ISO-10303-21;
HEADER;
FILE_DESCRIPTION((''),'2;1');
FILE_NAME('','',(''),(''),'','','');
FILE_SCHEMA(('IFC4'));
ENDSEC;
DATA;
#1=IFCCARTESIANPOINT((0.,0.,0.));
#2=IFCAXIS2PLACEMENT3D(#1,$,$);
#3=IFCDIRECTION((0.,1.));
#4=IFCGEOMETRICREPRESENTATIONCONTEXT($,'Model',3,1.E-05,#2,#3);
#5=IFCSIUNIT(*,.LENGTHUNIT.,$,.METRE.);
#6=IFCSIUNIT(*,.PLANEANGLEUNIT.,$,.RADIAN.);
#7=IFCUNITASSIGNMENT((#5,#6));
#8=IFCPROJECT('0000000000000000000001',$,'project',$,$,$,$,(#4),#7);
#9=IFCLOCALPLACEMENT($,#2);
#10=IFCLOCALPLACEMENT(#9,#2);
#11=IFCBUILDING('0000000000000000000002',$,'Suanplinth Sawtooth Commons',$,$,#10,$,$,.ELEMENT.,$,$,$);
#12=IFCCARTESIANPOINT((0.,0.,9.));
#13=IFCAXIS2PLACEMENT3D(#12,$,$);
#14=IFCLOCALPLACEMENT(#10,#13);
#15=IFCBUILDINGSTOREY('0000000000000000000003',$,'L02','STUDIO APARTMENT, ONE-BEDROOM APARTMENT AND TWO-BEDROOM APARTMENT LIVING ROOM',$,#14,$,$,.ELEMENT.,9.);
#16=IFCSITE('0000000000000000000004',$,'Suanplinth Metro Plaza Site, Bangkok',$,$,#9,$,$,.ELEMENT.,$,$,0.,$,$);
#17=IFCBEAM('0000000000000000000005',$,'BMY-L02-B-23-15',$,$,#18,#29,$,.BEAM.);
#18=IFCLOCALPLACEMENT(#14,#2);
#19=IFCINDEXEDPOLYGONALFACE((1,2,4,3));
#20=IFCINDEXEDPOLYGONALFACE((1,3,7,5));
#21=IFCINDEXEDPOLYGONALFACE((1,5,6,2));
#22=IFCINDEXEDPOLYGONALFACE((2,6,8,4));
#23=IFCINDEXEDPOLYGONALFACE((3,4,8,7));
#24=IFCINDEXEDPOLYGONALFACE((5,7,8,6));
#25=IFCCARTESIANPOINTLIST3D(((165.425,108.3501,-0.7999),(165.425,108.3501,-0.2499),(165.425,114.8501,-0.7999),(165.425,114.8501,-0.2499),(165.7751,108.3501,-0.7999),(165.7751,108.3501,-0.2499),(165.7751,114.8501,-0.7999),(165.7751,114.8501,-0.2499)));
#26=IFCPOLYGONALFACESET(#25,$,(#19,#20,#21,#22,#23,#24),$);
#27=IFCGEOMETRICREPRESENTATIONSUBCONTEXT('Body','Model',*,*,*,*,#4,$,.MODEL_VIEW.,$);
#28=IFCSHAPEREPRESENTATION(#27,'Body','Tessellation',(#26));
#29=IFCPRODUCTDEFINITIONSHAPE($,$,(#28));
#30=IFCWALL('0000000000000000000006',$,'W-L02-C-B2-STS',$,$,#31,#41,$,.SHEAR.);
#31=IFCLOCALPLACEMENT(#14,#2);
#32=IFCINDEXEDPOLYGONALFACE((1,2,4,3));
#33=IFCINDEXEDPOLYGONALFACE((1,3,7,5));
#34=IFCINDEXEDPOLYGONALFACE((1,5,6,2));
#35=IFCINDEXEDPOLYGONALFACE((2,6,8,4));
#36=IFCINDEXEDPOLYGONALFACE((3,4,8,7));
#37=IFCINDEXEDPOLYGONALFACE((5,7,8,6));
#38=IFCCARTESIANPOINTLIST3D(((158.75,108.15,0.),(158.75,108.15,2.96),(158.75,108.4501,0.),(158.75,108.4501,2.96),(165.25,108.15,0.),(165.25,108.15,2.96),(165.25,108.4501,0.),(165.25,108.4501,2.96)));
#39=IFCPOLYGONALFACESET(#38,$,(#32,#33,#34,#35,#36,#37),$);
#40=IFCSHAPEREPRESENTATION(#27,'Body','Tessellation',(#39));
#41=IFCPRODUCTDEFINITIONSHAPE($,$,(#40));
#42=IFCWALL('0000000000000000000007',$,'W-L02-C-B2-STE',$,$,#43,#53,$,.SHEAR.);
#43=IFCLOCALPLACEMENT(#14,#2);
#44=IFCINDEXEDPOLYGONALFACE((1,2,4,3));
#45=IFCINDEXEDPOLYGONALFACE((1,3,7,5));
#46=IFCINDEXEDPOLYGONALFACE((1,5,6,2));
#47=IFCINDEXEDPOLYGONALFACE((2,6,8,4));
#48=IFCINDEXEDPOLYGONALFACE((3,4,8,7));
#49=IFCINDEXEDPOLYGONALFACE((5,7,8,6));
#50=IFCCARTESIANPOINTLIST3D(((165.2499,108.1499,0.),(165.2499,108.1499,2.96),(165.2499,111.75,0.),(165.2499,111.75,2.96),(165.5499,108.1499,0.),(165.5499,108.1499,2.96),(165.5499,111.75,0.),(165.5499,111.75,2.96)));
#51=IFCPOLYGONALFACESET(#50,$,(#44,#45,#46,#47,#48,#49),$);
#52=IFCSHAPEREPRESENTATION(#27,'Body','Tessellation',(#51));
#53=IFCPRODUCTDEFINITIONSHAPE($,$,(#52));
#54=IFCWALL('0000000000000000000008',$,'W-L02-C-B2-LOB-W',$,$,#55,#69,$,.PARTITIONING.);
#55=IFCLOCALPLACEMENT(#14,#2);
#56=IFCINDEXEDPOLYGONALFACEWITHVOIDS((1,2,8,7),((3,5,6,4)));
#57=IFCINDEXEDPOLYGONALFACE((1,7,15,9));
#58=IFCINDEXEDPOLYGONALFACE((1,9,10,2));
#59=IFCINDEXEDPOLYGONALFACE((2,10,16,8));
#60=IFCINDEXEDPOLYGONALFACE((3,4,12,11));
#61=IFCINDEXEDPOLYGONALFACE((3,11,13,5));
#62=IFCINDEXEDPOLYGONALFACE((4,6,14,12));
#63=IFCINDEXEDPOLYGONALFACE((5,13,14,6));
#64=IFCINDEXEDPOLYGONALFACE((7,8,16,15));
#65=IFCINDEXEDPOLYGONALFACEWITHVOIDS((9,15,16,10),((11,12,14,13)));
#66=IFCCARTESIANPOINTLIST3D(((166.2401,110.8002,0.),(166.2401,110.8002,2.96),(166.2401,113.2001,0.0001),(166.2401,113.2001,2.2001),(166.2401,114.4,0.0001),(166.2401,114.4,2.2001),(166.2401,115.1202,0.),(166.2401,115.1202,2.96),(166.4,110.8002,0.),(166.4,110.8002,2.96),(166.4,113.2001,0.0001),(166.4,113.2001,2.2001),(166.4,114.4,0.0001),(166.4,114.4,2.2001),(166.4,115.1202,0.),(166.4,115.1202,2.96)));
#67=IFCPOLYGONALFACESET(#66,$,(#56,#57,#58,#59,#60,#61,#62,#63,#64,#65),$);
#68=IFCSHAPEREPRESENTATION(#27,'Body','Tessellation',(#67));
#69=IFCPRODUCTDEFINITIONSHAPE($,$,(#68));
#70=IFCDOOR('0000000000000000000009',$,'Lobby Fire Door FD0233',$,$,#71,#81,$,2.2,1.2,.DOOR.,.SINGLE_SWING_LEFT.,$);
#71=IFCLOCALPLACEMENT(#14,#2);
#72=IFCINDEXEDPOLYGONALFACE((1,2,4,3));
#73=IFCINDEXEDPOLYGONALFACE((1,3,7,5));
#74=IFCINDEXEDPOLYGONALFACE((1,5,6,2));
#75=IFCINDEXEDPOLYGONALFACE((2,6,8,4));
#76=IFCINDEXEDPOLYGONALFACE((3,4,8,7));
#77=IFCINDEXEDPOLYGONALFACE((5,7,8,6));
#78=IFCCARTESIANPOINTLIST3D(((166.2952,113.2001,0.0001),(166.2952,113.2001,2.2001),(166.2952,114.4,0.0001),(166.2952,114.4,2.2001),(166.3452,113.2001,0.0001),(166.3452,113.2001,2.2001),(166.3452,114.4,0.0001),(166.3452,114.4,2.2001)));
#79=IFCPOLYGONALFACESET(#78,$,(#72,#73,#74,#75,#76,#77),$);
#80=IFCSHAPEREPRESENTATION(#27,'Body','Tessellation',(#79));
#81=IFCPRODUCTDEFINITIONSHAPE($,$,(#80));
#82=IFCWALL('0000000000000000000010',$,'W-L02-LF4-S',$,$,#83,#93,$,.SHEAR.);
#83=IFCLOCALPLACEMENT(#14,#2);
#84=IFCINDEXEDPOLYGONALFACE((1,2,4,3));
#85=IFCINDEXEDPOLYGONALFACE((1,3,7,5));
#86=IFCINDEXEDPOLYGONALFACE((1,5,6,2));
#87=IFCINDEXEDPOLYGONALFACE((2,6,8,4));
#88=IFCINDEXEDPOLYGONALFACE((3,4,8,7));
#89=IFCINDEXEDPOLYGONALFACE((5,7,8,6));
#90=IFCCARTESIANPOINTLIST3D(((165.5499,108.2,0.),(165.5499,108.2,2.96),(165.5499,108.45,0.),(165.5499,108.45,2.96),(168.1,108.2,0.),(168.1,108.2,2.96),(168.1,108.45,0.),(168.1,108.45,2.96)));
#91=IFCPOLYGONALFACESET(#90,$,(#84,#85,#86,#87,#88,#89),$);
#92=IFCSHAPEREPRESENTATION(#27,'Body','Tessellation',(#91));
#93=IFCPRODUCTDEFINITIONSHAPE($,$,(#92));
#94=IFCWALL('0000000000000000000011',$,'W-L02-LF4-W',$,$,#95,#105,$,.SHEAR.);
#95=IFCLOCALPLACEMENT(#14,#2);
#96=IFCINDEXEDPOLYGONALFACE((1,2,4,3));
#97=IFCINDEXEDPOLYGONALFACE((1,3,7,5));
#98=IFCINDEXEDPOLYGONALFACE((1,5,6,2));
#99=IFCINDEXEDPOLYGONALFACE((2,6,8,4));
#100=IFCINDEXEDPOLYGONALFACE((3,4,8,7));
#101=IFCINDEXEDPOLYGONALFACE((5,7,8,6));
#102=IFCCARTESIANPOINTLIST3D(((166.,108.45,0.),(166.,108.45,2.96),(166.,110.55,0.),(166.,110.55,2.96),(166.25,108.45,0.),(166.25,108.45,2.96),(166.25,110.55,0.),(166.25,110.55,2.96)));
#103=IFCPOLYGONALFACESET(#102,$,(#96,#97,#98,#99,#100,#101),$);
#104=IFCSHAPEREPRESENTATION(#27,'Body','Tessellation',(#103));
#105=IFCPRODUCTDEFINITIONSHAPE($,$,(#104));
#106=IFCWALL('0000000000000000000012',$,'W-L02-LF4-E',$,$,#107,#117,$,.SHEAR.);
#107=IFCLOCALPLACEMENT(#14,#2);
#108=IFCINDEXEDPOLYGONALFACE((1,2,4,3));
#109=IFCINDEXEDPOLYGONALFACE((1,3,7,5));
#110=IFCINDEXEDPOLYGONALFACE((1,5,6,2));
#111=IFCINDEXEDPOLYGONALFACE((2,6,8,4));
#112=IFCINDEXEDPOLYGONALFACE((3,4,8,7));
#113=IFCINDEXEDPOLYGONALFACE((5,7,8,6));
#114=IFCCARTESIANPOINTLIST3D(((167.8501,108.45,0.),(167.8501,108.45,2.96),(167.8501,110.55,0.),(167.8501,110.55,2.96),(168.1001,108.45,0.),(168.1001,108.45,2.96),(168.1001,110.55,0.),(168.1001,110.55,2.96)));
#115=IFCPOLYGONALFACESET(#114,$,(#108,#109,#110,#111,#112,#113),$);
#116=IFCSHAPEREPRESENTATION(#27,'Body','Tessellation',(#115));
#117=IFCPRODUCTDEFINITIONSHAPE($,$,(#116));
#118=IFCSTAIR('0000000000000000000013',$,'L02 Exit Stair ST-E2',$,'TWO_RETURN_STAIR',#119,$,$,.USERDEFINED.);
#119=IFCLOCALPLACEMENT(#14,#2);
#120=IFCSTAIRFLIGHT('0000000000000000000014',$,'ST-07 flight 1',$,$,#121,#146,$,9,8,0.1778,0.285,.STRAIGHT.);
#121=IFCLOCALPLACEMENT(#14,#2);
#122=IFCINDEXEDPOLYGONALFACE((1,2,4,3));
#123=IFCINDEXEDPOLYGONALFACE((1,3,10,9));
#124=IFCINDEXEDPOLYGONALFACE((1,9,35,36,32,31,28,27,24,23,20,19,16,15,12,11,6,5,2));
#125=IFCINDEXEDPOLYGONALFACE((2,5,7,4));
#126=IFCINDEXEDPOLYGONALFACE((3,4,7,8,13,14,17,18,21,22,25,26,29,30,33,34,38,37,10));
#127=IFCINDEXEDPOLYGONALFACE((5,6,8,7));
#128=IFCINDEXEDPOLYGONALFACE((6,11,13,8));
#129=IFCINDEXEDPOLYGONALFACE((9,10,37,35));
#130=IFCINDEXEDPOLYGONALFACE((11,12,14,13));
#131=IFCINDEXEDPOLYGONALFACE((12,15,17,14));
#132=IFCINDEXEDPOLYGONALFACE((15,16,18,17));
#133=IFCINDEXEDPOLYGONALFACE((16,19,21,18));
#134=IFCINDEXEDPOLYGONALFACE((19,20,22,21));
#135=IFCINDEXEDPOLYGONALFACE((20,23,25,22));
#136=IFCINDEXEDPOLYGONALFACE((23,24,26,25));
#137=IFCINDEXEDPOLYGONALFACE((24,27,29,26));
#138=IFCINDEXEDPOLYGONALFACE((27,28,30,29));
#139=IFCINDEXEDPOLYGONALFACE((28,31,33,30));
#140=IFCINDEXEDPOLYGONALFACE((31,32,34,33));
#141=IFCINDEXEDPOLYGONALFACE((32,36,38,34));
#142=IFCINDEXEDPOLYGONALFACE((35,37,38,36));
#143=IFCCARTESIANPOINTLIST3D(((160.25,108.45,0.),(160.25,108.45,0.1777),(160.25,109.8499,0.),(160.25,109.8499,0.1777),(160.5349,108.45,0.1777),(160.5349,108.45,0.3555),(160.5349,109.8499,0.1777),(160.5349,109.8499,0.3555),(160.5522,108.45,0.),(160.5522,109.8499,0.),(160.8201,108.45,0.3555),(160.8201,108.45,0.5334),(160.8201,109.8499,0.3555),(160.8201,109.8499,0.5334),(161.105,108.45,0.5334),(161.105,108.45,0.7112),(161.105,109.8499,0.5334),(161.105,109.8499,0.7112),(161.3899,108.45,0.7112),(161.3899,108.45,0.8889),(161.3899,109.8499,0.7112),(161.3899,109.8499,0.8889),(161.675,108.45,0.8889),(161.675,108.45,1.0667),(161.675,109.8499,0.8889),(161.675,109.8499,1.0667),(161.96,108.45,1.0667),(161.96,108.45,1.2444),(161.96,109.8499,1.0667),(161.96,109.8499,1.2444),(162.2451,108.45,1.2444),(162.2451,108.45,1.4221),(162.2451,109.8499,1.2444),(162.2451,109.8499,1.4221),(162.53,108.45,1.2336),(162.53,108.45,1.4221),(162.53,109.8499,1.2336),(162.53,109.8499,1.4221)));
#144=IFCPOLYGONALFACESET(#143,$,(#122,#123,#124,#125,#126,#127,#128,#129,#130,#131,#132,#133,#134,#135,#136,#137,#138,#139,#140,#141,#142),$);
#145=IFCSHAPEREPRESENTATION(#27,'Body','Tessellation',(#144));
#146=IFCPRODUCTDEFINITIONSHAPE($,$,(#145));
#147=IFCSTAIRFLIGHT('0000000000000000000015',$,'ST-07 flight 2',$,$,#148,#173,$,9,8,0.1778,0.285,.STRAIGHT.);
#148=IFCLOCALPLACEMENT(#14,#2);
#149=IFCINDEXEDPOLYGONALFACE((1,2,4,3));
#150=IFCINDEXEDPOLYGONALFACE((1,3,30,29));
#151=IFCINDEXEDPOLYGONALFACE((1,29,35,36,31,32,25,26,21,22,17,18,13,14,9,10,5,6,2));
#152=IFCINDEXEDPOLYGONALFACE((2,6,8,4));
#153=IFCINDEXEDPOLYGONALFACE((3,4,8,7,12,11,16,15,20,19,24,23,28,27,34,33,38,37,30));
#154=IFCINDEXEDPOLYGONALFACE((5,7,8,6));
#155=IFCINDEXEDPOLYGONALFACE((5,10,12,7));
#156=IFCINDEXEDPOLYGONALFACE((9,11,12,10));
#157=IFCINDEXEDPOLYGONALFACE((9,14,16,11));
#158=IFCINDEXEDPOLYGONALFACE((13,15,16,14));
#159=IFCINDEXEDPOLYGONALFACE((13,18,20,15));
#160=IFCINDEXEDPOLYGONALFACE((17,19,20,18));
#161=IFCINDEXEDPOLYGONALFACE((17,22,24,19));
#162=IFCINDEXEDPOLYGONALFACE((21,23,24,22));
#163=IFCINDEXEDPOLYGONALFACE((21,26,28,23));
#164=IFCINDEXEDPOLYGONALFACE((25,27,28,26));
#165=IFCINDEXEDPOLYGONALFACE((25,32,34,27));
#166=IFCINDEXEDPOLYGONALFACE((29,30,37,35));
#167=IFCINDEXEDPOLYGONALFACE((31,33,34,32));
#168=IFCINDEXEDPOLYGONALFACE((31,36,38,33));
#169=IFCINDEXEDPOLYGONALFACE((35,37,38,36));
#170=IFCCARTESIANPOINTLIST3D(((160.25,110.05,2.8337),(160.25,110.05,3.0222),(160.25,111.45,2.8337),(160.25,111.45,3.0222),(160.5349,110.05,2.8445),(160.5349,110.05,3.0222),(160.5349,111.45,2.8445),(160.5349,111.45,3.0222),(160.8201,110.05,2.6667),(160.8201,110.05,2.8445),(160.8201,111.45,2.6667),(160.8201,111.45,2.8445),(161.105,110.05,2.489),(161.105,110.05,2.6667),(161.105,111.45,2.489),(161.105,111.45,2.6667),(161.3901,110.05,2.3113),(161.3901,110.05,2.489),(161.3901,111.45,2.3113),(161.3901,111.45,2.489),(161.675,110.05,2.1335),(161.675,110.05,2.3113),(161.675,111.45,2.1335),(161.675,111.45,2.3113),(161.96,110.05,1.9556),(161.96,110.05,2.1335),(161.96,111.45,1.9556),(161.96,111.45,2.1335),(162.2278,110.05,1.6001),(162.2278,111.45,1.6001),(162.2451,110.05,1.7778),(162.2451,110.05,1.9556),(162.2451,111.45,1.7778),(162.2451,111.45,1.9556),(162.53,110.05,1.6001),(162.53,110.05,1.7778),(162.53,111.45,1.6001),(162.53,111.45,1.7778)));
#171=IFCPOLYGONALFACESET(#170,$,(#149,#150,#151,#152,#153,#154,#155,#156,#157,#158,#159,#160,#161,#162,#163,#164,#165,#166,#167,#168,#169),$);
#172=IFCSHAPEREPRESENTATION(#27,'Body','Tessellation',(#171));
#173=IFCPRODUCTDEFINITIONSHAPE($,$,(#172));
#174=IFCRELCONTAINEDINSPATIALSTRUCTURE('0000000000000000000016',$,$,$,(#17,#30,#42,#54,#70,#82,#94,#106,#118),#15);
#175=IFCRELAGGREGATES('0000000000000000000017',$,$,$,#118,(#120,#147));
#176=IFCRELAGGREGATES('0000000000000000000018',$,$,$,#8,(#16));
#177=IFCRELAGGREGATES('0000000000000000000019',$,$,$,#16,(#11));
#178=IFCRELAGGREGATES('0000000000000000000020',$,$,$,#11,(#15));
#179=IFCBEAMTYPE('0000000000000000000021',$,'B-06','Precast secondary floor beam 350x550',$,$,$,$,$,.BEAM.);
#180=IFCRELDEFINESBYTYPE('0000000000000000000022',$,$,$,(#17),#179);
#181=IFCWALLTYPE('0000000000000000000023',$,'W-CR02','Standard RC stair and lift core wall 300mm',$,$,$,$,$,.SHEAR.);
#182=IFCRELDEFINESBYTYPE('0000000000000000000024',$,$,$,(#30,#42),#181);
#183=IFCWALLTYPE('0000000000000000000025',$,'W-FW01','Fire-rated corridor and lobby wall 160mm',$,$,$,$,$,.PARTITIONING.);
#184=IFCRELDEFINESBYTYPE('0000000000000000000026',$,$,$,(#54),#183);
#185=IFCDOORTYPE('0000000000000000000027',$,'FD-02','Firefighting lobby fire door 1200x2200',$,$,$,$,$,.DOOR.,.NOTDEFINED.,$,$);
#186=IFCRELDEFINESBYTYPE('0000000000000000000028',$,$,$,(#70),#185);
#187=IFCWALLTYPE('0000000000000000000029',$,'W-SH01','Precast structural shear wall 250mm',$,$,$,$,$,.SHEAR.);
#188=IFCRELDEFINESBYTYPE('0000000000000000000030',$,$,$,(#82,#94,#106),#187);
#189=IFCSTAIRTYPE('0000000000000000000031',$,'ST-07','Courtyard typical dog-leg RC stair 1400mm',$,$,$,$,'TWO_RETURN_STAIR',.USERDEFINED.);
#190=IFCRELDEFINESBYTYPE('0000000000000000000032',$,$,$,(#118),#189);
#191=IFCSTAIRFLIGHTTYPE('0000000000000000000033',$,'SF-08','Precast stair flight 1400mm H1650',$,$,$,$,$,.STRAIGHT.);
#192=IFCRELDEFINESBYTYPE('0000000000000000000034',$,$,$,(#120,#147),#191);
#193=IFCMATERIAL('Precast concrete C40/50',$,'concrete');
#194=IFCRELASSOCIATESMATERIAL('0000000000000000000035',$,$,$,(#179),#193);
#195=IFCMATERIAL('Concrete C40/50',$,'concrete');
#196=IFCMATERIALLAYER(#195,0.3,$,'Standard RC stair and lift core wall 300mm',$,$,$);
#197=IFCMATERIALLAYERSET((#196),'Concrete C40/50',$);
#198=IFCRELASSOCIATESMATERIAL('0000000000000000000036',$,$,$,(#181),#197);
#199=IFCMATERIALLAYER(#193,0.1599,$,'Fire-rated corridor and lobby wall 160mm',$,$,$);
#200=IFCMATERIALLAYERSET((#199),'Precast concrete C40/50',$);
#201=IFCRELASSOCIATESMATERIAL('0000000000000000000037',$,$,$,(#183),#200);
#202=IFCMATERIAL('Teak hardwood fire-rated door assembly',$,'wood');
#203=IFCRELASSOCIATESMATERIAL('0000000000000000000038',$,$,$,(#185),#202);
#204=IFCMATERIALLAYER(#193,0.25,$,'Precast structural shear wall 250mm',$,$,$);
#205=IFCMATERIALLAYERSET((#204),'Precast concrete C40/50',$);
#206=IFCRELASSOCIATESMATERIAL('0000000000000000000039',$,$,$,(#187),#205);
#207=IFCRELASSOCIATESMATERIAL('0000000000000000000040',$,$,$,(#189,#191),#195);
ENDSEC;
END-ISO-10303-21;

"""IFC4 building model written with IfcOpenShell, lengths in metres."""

from ifc_helpers import new_model, si_unit, direction, frame, frame_2d, origin, origin_2d, place, context, subcontext, project, spatial, polyline, rectangle, outline, extrude, material, layer, layer_set, material_profile, profile_set, type_object, element, fill, aggregate, save


model = new_model("IFC4")

# Units and contexts
model_context = context("Model", 3, precision=1e-05, world=origin(), true_north=direction((0.0, 1.0)))
body_context = subcontext(model_context, "Body", "Model", "MODEL_VIEW")
ifc_project = project(units=[si_unit("LENGTHUNIT", "METRE"), si_unit("PLANEANGLEUNIT", "RADIAN")], contexts=[model_context])

# Site, building, storey
site_placement = place(None, origin())
site = spatial("IfcSite", under=ifc_project, at=site_placement, Name="Suanplinth Metro Plaza Site, Bangkok", CompositionType="ELEMENT", RefElevation=0.0)
building_placement = place(site_placement, origin())
building = spatial("IfcBuilding", under=site, at=building_placement, Name="Suanplinth Sawtooth Commons", CompositionType="ELEMENT")
storey_placement = place(building_placement, frame((0.0, 0.0, 9.0)))
storey = spatial("IfcBuildingStorey", under=building, at=storey_placement, Name="L02", Description="STUDIO APARTMENT, ONE-BEDROOM APARTMENT AND TWO-BEDROOM APARTMENT LIVING ROOM", CompositionType="ELEMENT", Elevation=9.0)

# Beam
ifc_material_1 = material(Name="Precast concrete C40/50", Category="concrete")
ifc_material_profile = material_profile(ifc_material_1, rectangle(XDim=0.3501, YDim=0.55, at=origin_2d()), Name="PC-BM 350x550")
ifc_profile_set = profile_set([ifc_material_profile], Name="Precast concrete C40/50")
beam_type = type_object("IfcBeamType", Name="B-06", Description="Precast secondary floor beam 350x550", PredefinedType="BEAM", material=ifc_profile_set)
beam_placement = place(storey_placement, frame((165.6001, 108.3501, -0.5249), z_axis=(0.0, 1.0, 0.0), x_axis=(-1.0, 0.0, 0.0)))
element("IfcBeam", 1, at=beam_placement, inside=storey, type_object=beam_type, Name="BMY-L02-B-23-15", PredefinedType="BEAM", context=body_context, shape_type="SweptSolid", body=[
    extrude(rectangle(XDim=0.3501, YDim=0.55, at=origin_2d()), origin(), (0.0, 0.0, 1.0), 6.5),
])

# Walls
ifc_material_2 = material(Name="Concrete C40/50", Category="concrete")
ifc_layer_1 = layer(ifc_material_2, 0.3, Name="Standard RC stair and lift core wall 300mm")
ifc_layer_set_1 = layer_set([ifc_layer_1], Name="Concrete C40/50")
wall_type_1 = type_object("IfcWallType", Name="W-CR02", Description="Standard RC stair and lift core wall 300mm", PredefinedType="SHEAR", material=ifc_layer_set_1)
wall_1_placement = place(storey_placement, frame((158.75, 108.3, 0.0), z_axis=(0.0, 0.0, 1.0), x_axis=(1.0, 0.0, 0.0)))
element("IfcWall", 2, at=wall_1_placement, inside=storey, type_object=wall_type_1, Name="W-L02-C-B2-STS", PredefinedType="SHEAR", context=body_context, shape_type="SweptSolid", body=[
    extrude(rectangle(XDim=6.5, YDim=0.3, at=frame_2d((3.25, 0.0))), origin(), (0.0, 0.0, 1.0), 2.96),
])
wall_2_placement = place(storey_placement, frame((165.3999, 108.1499, 0.0), z_axis=(0.0, 0.0, 1.0), x_axis=(0.0, 1.0, 0.0)))
element("IfcWall", 3, at=wall_2_placement, inside=storey, type_object=wall_type_1, Name="W-L02-C-B2-STE", PredefinedType="SHEAR", context=body_context, shape_type="SweptSolid", body=[
    extrude(rectangle(XDim=3.6001, YDim=0.3, at=frame_2d((1.8, 0.0))), origin(), (0.0, 0.0, 1.0), 2.96),
])

# Wall, opening, door
ifc_layer_2 = layer(ifc_material_1, 0.1599, Name="Fire-rated corridor and lobby wall 160mm")
ifc_layer_set_2 = layer_set([ifc_layer_2], Name="Precast concrete C40/50")
wall_type_2 = type_object("IfcWallType", Name="W-FW01", Description="Fire-rated corridor and lobby wall 160mm", PredefinedType="PARTITIONING", material=ifc_layer_set_2)
wall_3_placement = place(storey_placement, frame((166.3201, 110.8, 0.0), z_axis=(0.0, 0.0, 1.0), x_axis=(0.0, 1.0, 0.0)))
wall_3 = element("IfcWall", 4, at=wall_3_placement, inside=storey, type_object=wall_type_2, Name="W-L02-C-B2-LOB-W", PredefinedType="PARTITIONING", context=body_context, shape_type="SweptSolid", body=[
    extrude(rectangle(XDim=4.3201, YDim=0.1599, at=frame_2d((2.1602, 0.0))), origin(), (0.0, 0.0, 1.0), 2.96),
])
opening_1_placement = place(wall_3_placement, frame((2.3999, 0.0, 0.0)))
opening_1 = element("IfcOpeningElement", 5, at=opening_1_placement, cuts=wall_3, PredefinedType="OPENING", context=body_context, shape_type="SweptSolid", body=[
    extrude(rectangle(XDim=1.2, YDim=2.2, at=frame_2d((0.6001, 1.1001))), frame((0.0, 0.0947, 0.0), z_axis=(0.0, -1.0, 0.0), x_axis=(1.0, 0.0, 0.0)), (0.0, 0.0, 1.0), 0.1897),
])
ifc_material_3 = material(Name="Teak hardwood fire-rated door assembly", Category="wood")
door_type_1 = type_object("IfcDoorType", Name="FD-02", Description="Firefighting lobby fire door 1200x2200", OperationType="NOTDEFINED", PredefinedType="DOOR", material=ifc_material_3)
door_1_placement = place(opening_1_placement, origin())
door_1 = element("IfcDoor", 6, at=door_1_placement, inside=storey, type_object=door_type_1, Name="Lobby Fire Door FD0233", OperationType="SINGLE_SWING_LEFT", OverallHeight=2.2, OverallWidth=1.2, PredefinedType="DOOR", context=body_context, shape_type="SweptSolid", body=[
    extrude(rectangle(XDim=1.2, YDim=2.2, at=frame_2d((0.6001, 1.1001))), frame((0.0, 0.0249, 0.0), z_axis=(0.0, -1.0, 0.0), x_axis=(1.0, 0.0, 0.0)), (0.0, 0.0, 1.0), 0.05),
])
fill(opening_1, door_1)

# Wall
ifc_layer_3 = layer(ifc_material_1, 0.25, Name="Precast structural shear wall 250mm")
ifc_layer_set_3 = layer_set([ifc_layer_3], Name="Precast concrete C40/50")
wall_type_3 = type_object("IfcWallType", Name="W-SH01", Description="Precast structural shear wall 250mm", PredefinedType="SHEAR", material=ifc_layer_set_3)
wall_4_placement = place(storey_placement, frame((165.55, 108.325, 0.0), z_axis=(0.0, 0.0, 1.0), x_axis=(1.0, 0.0, 0.0)))
element("IfcWall", 7, at=wall_4_placement, inside=storey, type_object=wall_type_3, Name="W-L02-LF4-S", PredefinedType="SHEAR", context=body_context, shape_type="SweptSolid", body=[
    extrude(rectangle(XDim=2.55, YDim=0.25, at=frame_2d((1.2749, 0.0))), origin(), (0.0, 0.0, 1.0), 2.96),
])

# Walls
for number, where, z_axis, x_axis, name in (
    (8, (166.125, 108.45, 0.0), (0.0, 0.0, 1.0), (0.0, 1.0, 0.0), "W-L02-LF4-W"),
    (9, (167.9751, 108.45, 0.0), (0.0, 0.0, 1.0), (0.0, 1.0, 0.0), "W-L02-LF4-E"),
):
    element("IfcWall", number, at=place(storey_placement, frame(where, z_axis=z_axis, x_axis=x_axis)), inside=storey, type_object=wall_type_3, Name=name, PredefinedType="SHEAR", context=body_context, shape_type="SweptSolid", body=[
        extrude(rectangle(XDim=2.1001, YDim=0.25, at=frame_2d((1.05, 0.0))), origin(), (0.0, 0.0, 1.0), 2.96),
    ])

# Stair, stair flights
stair_type = type_object("IfcStairType", Name="ST-07", Description="Courtyard typical dog-leg RC stair 1400mm", ElementType="TWO_RETURN_STAIR", PredefinedType="USERDEFINED", material=ifc_material_2)
stair_placement = place(storey_placement, origin())
stair = element("IfcStair", 10, at=stair_placement, inside=storey, type_object=stair_type, Name="L02 Exit Stair ST-E2", ObjectType="TWO_RETURN_STAIR", PredefinedType="USERDEFINED")
stair_flight_type = type_object("IfcStairFlightType", Name="SF-08", Description="Precast stair flight 1400mm H1650", PredefinedType="STRAIGHT", material=ifc_material_2)
stair_flight_1_placement = place(storey_placement, frame((160.25, 109.1499, 0.0), z_axis=(0.0, 0.0, 1.0), x_axis=(1.0, 0.0, 0.0)))
stair_flight_1 = element("IfcStairFlight", 11, at=stair_flight_1_placement, type_object=stair_flight_type, Name="ST-07 flight 1", NumberOfRisers=9, NumberOfTreads=8, PredefinedType="STRAIGHT", RiserHeight=0.1778, TreadLength=0.285, context=body_context, shape_type="SweptSolid", body=[
    extrude(outline(polyline([(0.0, 0.0), (0.0, 0.1777), (0.2849, 0.1777), (0.2849, 0.3555), (0.5701, 0.3555), (0.5701, 0.5334), (0.855, 0.5334), (0.855, 0.7112), (1.1399, 0.7112), (1.1399, 0.8889), (1.425, 0.8889), (1.425, 1.0667), (1.71, 1.0667), (1.71, 1.2444), (1.9951, 1.2444), (1.9951, 1.4221), (2.28, 1.4221), (2.28, 1.6001), (2.28, 1.2336), (0.3022, 0.0), (0.0, 0.0)])), frame((0.0, 0.7, 0.0), z_axis=(0.0, -1.0, 0.0), x_axis=(1.0, 0.0, 0.0)), (0.0, 0.0, 1.0), 1.3999),
])
stair_flight_2_placement = place(storey_placement, frame((162.53, 110.75, 1.6001), z_axis=(0.0, 0.0, 1.0), x_axis=(-1.0, 0.0, 0.0)))
stair_flight_2 = element("IfcStairFlight", 12, at=stair_flight_2_placement, type_object=stair_flight_type, Name="ST-07 flight 2", NumberOfRisers=9, NumberOfTreads=8, PredefinedType="STRAIGHT", RiserHeight=0.1778, TreadLength=0.285, context=body_context, shape_type="SweptSolid", body=[
    extrude(outline(polyline([(0.0, 0.0), (0.0, 0.1777), (0.2849, 0.1777), (0.2849, 0.3555), (0.5701, 0.3555), (0.5701, 0.5334), (0.855, 0.5334), (0.855, 0.7112), (1.1399, 0.7112), (1.1399, 0.8889), (1.425, 0.8889), (1.425, 1.0667), (1.71, 1.0667), (1.71, 1.2444), (1.9951, 1.2444), (1.9951, 1.4221), (2.28, 1.4221), (2.28, 1.6001), (2.28, 1.2336), (0.3022, 0.0), (0.0, 0.0)])), frame((0.0, 0.7, 0.0), z_axis=(0.0, -1.0, 0.0), x_axis=(1.0, 0.0, 0.0)), (0.0, 0.0, 1.0), 1.3999),
])
aggregate(stair, [stair_flight_1, stair_flight_2])

save(model, "model.ifc")
